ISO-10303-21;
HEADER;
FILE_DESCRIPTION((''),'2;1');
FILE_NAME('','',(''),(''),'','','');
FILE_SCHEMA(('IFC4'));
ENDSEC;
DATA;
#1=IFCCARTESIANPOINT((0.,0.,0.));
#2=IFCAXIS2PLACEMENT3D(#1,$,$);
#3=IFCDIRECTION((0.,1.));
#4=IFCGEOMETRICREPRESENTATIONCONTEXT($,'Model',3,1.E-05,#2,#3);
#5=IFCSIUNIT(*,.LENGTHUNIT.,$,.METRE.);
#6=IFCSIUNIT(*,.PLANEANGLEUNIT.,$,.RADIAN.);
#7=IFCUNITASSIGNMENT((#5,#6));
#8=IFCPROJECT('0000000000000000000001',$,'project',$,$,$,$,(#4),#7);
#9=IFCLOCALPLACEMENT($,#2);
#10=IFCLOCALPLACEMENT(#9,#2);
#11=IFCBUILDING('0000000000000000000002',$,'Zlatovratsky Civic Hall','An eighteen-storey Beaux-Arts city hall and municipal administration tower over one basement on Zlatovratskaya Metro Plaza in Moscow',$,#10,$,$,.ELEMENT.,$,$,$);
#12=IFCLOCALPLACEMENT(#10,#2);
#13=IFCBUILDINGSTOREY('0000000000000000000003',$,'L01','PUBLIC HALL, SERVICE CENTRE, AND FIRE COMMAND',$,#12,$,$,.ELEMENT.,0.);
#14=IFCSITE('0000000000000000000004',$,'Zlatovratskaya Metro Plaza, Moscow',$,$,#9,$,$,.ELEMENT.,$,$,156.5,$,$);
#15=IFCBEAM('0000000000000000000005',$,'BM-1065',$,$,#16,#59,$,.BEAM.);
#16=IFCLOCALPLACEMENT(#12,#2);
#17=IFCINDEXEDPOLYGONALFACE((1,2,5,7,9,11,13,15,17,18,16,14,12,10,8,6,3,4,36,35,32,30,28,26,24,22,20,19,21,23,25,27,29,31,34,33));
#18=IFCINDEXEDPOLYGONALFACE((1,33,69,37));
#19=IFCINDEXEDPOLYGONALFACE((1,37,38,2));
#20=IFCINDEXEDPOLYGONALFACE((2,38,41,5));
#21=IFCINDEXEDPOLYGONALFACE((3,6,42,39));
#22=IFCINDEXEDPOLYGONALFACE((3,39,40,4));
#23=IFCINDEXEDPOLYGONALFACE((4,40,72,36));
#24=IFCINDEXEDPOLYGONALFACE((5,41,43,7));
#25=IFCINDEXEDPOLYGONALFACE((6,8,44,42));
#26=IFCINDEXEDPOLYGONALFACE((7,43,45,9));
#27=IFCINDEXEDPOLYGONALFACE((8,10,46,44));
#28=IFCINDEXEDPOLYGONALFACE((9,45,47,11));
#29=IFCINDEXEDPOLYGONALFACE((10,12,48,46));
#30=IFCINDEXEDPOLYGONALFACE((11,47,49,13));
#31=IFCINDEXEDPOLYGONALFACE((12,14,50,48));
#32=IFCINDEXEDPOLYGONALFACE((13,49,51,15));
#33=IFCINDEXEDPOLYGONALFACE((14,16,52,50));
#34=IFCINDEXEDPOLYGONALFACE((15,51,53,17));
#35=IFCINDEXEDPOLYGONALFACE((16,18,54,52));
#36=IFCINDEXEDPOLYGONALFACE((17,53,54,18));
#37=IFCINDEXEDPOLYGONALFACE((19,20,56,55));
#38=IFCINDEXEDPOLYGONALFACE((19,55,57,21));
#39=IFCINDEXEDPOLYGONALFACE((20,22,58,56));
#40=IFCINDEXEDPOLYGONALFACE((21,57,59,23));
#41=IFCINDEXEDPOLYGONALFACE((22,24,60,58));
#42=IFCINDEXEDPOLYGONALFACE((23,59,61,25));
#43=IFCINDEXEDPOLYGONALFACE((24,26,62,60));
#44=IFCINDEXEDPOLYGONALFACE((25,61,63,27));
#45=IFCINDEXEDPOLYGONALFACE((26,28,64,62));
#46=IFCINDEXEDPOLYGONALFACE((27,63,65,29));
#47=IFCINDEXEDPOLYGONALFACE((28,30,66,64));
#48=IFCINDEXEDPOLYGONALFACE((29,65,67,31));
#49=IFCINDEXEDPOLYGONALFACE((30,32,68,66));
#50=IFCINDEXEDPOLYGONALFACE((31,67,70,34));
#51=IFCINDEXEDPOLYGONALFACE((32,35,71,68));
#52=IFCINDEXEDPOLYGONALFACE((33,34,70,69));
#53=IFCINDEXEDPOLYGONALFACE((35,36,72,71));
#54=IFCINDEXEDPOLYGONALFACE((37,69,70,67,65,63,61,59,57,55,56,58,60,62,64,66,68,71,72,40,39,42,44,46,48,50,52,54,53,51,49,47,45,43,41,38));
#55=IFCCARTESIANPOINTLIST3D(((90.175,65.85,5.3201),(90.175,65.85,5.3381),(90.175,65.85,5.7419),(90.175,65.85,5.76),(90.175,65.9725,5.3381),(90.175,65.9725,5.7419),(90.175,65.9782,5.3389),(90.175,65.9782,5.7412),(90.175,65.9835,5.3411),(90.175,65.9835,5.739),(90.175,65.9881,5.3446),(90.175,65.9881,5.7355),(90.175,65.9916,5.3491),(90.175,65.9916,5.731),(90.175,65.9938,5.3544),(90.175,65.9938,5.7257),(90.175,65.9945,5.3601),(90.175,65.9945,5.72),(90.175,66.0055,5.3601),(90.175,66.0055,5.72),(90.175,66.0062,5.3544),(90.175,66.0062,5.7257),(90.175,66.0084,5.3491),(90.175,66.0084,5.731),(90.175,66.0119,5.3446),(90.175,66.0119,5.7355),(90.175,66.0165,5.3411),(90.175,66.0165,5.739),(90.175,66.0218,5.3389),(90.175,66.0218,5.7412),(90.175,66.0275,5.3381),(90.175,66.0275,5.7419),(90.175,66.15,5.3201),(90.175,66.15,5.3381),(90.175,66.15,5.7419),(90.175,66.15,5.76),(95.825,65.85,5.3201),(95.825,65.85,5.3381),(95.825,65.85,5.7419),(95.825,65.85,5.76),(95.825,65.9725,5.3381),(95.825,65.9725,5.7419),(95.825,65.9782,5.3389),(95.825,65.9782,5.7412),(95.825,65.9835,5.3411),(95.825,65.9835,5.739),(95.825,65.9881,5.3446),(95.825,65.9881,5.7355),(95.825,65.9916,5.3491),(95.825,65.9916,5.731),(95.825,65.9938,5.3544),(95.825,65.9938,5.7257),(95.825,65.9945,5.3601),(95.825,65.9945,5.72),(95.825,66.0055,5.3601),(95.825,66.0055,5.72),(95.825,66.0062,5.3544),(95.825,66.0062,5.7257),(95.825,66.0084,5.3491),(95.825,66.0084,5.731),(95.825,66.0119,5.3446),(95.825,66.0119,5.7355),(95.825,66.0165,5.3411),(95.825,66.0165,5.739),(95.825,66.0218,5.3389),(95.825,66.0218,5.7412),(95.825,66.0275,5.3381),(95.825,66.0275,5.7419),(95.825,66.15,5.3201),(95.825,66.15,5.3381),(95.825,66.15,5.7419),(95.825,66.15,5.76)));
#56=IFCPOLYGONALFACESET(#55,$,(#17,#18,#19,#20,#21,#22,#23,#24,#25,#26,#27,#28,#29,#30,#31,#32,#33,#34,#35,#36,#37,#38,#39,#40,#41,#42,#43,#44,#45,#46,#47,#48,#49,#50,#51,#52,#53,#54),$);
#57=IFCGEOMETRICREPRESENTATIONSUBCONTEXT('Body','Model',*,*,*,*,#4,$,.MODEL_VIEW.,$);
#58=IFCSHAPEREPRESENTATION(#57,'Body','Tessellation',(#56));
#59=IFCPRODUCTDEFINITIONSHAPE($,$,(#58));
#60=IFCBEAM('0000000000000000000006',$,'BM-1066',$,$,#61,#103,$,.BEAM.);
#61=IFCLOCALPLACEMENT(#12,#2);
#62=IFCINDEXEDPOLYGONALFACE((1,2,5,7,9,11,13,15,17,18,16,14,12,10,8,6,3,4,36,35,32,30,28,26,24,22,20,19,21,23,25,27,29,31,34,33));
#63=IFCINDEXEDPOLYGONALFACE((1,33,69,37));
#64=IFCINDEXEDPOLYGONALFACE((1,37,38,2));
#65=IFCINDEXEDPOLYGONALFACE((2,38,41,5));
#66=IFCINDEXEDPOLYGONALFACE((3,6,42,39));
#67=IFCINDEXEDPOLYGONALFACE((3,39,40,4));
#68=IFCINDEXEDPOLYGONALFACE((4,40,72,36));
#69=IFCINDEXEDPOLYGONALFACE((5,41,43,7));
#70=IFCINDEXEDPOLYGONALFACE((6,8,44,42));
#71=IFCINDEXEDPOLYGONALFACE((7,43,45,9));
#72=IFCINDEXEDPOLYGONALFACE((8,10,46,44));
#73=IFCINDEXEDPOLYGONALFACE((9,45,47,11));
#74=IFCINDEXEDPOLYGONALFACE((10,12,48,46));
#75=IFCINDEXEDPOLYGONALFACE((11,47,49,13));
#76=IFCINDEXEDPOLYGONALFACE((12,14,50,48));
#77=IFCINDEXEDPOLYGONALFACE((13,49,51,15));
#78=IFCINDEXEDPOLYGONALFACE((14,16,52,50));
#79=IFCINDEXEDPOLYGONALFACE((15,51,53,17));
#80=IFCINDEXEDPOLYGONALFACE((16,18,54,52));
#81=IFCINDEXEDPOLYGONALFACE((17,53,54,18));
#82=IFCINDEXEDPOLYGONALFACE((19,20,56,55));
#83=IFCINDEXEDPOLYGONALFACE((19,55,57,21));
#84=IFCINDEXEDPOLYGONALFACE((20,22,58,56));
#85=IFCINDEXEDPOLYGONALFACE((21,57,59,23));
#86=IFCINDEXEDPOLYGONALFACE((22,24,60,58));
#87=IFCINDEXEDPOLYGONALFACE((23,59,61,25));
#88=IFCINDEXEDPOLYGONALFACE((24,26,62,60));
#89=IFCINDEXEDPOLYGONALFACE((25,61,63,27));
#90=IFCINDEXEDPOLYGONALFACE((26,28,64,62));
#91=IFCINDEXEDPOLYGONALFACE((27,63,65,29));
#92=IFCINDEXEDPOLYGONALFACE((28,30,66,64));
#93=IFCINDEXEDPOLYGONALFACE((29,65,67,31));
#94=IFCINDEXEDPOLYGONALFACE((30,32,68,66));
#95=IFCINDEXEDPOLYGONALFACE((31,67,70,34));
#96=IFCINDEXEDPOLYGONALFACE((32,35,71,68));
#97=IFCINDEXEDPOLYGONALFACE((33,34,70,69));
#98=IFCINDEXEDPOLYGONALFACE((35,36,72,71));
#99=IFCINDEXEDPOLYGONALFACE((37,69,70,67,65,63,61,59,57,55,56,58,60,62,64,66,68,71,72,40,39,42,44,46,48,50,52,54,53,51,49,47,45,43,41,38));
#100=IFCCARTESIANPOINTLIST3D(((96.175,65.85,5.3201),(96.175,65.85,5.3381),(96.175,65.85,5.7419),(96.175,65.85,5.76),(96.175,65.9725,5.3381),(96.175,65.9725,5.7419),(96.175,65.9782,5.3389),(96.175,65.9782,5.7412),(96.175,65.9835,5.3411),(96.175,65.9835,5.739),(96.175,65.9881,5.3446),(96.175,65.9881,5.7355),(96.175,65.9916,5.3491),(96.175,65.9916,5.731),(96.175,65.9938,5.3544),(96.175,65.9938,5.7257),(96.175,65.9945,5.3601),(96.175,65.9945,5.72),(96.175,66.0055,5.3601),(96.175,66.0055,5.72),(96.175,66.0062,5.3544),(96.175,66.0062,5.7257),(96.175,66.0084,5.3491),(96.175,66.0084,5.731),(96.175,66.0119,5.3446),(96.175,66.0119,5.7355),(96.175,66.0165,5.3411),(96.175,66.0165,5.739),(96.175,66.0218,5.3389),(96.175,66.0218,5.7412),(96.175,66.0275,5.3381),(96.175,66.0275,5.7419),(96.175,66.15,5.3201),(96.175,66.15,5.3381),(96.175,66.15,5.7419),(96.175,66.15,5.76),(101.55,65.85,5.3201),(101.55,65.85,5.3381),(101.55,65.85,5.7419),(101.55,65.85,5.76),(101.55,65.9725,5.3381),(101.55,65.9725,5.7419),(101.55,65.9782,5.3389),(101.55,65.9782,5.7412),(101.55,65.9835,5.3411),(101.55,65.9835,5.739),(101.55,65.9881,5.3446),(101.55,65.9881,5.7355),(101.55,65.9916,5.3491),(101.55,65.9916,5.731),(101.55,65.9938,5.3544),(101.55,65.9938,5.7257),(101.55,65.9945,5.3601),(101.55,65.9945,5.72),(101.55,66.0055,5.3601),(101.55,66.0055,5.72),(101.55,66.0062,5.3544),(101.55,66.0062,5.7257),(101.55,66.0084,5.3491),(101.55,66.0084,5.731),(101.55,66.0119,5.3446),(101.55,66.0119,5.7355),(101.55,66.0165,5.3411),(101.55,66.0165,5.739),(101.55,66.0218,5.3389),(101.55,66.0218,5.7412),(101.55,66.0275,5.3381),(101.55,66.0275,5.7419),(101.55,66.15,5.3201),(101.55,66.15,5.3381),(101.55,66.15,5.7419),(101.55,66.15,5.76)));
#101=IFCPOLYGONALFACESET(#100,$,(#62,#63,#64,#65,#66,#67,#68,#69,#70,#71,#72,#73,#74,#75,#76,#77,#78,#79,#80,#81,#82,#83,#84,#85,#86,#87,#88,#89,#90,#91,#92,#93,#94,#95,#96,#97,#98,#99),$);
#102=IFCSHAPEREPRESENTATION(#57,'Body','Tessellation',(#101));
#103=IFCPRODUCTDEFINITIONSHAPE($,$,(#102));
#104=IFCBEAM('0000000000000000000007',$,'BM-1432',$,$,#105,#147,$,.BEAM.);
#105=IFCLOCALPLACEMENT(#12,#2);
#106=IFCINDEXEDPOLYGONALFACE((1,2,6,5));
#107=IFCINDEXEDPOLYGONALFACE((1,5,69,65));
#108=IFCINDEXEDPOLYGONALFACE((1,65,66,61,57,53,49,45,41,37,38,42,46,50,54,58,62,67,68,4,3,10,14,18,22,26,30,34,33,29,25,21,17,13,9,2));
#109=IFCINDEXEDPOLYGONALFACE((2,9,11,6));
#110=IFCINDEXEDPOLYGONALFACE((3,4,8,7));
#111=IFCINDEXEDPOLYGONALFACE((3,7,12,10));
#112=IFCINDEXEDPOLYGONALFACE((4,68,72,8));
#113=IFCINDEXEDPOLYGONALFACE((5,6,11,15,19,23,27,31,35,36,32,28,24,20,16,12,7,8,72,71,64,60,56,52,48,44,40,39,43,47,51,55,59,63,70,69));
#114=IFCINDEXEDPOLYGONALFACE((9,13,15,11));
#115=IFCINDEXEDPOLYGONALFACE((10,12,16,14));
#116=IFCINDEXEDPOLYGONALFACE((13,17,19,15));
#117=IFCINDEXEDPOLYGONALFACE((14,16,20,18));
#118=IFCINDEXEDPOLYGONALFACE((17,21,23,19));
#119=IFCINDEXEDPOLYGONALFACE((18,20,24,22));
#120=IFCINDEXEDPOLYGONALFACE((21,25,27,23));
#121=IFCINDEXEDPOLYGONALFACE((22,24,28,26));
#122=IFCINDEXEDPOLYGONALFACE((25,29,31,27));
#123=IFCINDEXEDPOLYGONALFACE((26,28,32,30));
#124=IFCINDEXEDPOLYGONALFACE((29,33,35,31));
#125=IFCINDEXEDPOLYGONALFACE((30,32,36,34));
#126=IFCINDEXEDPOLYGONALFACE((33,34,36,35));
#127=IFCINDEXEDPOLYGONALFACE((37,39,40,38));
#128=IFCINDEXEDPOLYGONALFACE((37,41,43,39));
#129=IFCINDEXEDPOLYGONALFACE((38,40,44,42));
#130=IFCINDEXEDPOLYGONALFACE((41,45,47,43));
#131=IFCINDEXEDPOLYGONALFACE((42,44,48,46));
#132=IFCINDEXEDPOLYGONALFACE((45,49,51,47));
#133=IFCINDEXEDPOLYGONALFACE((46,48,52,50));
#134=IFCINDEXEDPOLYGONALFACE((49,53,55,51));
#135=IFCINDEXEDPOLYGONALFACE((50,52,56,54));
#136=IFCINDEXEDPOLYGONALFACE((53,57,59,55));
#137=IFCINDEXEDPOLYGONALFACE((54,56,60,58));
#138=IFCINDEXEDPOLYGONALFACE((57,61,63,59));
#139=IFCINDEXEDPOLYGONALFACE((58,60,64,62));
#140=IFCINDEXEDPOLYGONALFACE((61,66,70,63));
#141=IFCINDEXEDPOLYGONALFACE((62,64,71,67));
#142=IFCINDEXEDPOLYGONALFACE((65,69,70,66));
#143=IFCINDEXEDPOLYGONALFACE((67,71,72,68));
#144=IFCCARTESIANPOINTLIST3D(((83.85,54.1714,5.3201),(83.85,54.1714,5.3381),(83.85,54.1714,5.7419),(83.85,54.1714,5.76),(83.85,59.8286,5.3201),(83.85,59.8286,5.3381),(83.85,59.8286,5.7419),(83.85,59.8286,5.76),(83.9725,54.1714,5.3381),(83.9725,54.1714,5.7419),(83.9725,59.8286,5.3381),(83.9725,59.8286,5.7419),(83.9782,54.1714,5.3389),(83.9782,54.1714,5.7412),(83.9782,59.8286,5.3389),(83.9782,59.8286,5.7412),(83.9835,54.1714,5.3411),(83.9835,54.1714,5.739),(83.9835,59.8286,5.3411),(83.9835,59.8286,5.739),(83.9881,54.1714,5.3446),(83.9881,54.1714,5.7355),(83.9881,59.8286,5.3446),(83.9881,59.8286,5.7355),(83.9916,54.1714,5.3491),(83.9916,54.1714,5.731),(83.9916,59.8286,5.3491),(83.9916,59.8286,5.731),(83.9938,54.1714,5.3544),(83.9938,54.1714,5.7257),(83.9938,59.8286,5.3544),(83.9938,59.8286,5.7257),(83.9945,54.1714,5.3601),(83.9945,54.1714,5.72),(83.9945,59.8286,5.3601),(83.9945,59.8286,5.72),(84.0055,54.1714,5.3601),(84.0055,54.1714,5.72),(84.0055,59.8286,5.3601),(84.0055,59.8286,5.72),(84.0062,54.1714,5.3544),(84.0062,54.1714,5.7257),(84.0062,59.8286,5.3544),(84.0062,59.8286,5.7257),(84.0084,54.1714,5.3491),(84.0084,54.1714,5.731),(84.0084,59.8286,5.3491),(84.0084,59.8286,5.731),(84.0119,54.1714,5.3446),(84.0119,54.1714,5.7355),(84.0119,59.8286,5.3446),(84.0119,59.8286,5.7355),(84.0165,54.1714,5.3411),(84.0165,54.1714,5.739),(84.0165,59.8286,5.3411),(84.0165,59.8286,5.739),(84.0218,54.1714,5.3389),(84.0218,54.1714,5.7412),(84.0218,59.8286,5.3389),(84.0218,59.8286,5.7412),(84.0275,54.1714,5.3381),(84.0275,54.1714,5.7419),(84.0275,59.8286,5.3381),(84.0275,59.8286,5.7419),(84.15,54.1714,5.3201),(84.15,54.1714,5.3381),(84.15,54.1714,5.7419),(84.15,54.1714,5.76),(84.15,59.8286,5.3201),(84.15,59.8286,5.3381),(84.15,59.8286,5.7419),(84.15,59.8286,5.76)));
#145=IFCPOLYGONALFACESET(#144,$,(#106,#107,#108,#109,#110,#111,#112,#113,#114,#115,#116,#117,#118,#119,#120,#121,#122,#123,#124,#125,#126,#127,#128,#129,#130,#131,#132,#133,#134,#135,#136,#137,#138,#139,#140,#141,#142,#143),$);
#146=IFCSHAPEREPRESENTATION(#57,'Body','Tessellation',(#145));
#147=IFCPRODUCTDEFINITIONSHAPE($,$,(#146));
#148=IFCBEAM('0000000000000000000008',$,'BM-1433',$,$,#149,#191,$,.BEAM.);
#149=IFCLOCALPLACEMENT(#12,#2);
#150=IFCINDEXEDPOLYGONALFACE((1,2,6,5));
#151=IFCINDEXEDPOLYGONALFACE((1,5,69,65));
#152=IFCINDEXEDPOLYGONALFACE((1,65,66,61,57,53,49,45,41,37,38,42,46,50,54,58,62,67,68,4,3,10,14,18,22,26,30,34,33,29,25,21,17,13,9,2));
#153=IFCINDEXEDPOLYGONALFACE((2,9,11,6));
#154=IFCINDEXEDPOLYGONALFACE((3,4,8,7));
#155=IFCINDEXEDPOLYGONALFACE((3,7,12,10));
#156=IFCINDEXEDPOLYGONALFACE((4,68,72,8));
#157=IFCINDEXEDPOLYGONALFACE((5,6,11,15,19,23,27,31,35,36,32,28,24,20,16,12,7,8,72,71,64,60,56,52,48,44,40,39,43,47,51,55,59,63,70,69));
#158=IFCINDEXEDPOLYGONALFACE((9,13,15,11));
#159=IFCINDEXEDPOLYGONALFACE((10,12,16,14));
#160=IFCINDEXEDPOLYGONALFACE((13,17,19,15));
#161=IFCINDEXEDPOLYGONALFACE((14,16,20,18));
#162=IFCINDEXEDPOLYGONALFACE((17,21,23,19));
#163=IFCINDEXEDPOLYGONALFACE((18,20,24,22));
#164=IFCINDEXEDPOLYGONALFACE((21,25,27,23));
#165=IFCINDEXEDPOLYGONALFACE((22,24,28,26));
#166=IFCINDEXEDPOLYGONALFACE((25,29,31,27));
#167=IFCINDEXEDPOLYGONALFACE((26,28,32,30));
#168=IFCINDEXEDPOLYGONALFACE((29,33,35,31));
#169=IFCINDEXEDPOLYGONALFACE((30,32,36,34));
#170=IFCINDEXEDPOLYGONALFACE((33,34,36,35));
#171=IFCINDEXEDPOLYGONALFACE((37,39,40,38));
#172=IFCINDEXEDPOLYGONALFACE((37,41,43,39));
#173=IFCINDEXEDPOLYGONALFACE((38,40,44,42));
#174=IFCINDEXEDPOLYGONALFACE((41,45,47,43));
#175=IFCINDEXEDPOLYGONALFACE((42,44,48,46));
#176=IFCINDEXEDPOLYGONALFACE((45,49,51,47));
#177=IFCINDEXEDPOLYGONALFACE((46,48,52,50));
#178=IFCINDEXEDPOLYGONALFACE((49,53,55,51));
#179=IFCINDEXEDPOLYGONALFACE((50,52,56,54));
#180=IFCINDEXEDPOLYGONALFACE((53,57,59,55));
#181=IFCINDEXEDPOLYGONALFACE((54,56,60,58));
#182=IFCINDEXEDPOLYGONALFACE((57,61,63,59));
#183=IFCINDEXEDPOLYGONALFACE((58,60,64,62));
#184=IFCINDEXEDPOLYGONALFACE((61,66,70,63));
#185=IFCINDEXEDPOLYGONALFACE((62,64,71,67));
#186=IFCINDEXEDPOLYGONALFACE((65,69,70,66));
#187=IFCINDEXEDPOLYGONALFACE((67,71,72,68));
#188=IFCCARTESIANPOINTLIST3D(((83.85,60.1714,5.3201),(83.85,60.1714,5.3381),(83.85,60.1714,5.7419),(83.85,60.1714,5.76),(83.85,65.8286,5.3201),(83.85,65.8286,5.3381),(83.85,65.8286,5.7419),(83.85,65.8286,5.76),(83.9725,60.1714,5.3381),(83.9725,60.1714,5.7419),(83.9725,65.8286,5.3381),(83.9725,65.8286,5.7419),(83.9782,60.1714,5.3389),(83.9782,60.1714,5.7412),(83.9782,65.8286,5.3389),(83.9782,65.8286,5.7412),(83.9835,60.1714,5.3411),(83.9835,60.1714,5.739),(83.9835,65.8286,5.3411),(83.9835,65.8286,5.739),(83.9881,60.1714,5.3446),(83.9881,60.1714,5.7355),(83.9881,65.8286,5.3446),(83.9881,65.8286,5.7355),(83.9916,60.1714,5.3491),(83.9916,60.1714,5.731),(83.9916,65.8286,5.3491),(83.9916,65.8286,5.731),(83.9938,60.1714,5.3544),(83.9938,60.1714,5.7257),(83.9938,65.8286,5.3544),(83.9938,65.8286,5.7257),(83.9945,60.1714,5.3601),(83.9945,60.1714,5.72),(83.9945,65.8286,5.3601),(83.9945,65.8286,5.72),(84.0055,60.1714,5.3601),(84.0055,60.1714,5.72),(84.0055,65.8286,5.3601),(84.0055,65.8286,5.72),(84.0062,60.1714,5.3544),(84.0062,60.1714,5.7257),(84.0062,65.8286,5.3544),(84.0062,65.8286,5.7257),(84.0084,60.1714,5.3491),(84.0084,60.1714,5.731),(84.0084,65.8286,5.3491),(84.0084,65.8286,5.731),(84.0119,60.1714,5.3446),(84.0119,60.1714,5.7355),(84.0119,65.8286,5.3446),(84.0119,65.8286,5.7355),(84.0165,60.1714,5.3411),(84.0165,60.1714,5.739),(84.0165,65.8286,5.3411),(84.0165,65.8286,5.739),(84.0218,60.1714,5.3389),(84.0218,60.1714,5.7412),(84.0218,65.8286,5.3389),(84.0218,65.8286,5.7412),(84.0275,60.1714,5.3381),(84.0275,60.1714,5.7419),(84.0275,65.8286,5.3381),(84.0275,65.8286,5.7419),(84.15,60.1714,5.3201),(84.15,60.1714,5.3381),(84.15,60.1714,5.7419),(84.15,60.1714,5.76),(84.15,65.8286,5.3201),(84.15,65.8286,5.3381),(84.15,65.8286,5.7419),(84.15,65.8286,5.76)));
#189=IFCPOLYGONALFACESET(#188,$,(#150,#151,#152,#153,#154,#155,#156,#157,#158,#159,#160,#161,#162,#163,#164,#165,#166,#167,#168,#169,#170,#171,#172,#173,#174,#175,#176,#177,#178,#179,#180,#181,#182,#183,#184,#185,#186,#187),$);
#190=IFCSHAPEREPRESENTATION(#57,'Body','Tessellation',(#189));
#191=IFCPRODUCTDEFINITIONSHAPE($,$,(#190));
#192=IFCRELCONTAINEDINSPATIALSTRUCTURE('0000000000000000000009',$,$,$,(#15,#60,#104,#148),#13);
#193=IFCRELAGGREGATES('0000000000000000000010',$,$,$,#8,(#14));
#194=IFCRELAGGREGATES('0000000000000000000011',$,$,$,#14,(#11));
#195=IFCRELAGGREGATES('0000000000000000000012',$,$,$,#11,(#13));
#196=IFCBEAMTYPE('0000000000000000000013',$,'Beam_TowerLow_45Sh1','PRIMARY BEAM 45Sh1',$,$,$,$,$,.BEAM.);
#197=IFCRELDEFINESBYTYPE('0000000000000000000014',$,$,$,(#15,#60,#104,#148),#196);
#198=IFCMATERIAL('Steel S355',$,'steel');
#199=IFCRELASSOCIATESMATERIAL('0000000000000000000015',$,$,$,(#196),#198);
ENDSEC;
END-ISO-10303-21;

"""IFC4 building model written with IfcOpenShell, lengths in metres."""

from ifc_helpers import new_model, si_unit, direction, frame, origin, origin_2d, place, context, subcontext, project, spatial, i_section, extrude, material, material_profile, profile_set, type_object, element, save


model = new_model("IFC4")

# Units and contexts
model_context = context("Model", 3, precision=1e-05, world=origin(), true_north=direction((0.0, 1.0)))
body_context = subcontext(model_context, "Body", "Model", "MODEL_VIEW")
ifc_project = project(units=[si_unit("LENGTHUNIT", "METRE"), si_unit("PLANEANGLEUNIT", "RADIAN")], contexts=[model_context])

# Site, building, storey
site_placement = place(None, origin())
site = spatial("IfcSite", under=ifc_project, at=site_placement, Name="Zlatovratskaya Metro Plaza, Moscow", CompositionType="ELEMENT", RefElevation=156.5)
building_placement = place(site_placement, origin())
building = spatial("IfcBuilding", under=site, at=building_placement, Name="Zlatovratsky Civic Hall", Description="An eighteen-storey Beaux-Arts city hall and municipal administration tower over one basement on Zlatovratskaya Metro Plaza in Moscow", CompositionType="ELEMENT")
storey_placement = place(building_placement, origin())
storey = spatial("IfcBuildingStorey", under=building, at=storey_placement, Name="L01", Description="PUBLIC HALL, SERVICE CENTRE, AND FIRE COMMAND", CompositionType="ELEMENT", Elevation=0.0)

# Shared definitions
ifc_material_1 = material(Name="Steel S355", Category="steel")

# Beams
ifc_material_profile_1 = material_profile(ifc_material_1, i_section(OverallWidth=0.3, OverallDepth=0.4399, WebThickness=0.011, FlangeThickness=0.0181, FilletRadius=0.022, at=origin_2d()), Name="45Sh1")
ifc_profile_set_1 = profile_set([ifc_material_profile_1], Name="Steel S355")
beam_type = type_object("IfcBeamType", Name="Beam_TowerLow_45Sh1", Description="PRIMARY BEAM 45Sh1", PredefinedType="BEAM", material=ifc_profile_set_1)
for number, where, z_axis, x_axis, name in (
    (1, (90.175, 66.0, 5.54), (1.0, 0.0, 0.0), (0.0, 1.0, 0.0), "BM-1065"),
):
    element("IfcBeam", number, at=place(storey_placement, frame(where, z_axis=z_axis, x_axis=x_axis)), inside=storey, type_object=beam_type, Name=name, PredefinedType="BEAM", context=body_context, shape_type="SweptSolid", body=[
        extrude(i_section(OverallWidth=0.3, OverallDepth=0.4399, WebThickness=0.011, FlangeThickness=0.0181, FilletRadius=0.022, at=origin_2d()), origin(), (0.0, 0.0, 1.0), 5.6499),
    ])
beam_1_placement = place(storey_placement, frame((96.175, 66.0, 5.54), z_axis=(1.0, 0.0, 0.0), x_axis=(0.0, 1.0, 0.0)))
element("IfcBeam", 2, at=beam_1_placement, inside=storey, type_object=beam_type, Name="BM-1066", PredefinedType="BEAM", context=body_context, shape_type="SweptSolid", body=[
    extrude(i_section(OverallWidth=0.3, OverallDepth=0.4399, WebThickness=0.011, FlangeThickness=0.0181, FilletRadius=0.022, at=origin_2d()), origin(), (0.0, 0.0, 1.0), 5.375),
])
for number, where, z_axis, x_axis, name in (
    (3, (84.0, 54.1714, 5.54), (0.0, 1.0, 0.0), (-1.0, 0.0, 0.0), "BM-1432"),
    (4, (84.0, 60.1714, 5.54), (0.0, 1.0, 0.0), (-1.0, 0.0, 0.0), "BM-1433"),
):
    element("IfcBeam", number, at=place(storey_placement, frame(where, z_axis=z_axis, x_axis=x_axis)), inside=storey, type_object=beam_type, Name=name, PredefinedType="BEAM", context=body_context, shape_type="SweptSolid", body=[
        extrude(i_section(OverallWidth=0.3, OverallDepth=0.4399, WebThickness=0.011, FlangeThickness=0.0181, FilletRadius=0.022, at=origin_2d()), origin(), (0.0, 0.0, 1.0), 5.6572),
    ])

save(model, "model.ifc")
